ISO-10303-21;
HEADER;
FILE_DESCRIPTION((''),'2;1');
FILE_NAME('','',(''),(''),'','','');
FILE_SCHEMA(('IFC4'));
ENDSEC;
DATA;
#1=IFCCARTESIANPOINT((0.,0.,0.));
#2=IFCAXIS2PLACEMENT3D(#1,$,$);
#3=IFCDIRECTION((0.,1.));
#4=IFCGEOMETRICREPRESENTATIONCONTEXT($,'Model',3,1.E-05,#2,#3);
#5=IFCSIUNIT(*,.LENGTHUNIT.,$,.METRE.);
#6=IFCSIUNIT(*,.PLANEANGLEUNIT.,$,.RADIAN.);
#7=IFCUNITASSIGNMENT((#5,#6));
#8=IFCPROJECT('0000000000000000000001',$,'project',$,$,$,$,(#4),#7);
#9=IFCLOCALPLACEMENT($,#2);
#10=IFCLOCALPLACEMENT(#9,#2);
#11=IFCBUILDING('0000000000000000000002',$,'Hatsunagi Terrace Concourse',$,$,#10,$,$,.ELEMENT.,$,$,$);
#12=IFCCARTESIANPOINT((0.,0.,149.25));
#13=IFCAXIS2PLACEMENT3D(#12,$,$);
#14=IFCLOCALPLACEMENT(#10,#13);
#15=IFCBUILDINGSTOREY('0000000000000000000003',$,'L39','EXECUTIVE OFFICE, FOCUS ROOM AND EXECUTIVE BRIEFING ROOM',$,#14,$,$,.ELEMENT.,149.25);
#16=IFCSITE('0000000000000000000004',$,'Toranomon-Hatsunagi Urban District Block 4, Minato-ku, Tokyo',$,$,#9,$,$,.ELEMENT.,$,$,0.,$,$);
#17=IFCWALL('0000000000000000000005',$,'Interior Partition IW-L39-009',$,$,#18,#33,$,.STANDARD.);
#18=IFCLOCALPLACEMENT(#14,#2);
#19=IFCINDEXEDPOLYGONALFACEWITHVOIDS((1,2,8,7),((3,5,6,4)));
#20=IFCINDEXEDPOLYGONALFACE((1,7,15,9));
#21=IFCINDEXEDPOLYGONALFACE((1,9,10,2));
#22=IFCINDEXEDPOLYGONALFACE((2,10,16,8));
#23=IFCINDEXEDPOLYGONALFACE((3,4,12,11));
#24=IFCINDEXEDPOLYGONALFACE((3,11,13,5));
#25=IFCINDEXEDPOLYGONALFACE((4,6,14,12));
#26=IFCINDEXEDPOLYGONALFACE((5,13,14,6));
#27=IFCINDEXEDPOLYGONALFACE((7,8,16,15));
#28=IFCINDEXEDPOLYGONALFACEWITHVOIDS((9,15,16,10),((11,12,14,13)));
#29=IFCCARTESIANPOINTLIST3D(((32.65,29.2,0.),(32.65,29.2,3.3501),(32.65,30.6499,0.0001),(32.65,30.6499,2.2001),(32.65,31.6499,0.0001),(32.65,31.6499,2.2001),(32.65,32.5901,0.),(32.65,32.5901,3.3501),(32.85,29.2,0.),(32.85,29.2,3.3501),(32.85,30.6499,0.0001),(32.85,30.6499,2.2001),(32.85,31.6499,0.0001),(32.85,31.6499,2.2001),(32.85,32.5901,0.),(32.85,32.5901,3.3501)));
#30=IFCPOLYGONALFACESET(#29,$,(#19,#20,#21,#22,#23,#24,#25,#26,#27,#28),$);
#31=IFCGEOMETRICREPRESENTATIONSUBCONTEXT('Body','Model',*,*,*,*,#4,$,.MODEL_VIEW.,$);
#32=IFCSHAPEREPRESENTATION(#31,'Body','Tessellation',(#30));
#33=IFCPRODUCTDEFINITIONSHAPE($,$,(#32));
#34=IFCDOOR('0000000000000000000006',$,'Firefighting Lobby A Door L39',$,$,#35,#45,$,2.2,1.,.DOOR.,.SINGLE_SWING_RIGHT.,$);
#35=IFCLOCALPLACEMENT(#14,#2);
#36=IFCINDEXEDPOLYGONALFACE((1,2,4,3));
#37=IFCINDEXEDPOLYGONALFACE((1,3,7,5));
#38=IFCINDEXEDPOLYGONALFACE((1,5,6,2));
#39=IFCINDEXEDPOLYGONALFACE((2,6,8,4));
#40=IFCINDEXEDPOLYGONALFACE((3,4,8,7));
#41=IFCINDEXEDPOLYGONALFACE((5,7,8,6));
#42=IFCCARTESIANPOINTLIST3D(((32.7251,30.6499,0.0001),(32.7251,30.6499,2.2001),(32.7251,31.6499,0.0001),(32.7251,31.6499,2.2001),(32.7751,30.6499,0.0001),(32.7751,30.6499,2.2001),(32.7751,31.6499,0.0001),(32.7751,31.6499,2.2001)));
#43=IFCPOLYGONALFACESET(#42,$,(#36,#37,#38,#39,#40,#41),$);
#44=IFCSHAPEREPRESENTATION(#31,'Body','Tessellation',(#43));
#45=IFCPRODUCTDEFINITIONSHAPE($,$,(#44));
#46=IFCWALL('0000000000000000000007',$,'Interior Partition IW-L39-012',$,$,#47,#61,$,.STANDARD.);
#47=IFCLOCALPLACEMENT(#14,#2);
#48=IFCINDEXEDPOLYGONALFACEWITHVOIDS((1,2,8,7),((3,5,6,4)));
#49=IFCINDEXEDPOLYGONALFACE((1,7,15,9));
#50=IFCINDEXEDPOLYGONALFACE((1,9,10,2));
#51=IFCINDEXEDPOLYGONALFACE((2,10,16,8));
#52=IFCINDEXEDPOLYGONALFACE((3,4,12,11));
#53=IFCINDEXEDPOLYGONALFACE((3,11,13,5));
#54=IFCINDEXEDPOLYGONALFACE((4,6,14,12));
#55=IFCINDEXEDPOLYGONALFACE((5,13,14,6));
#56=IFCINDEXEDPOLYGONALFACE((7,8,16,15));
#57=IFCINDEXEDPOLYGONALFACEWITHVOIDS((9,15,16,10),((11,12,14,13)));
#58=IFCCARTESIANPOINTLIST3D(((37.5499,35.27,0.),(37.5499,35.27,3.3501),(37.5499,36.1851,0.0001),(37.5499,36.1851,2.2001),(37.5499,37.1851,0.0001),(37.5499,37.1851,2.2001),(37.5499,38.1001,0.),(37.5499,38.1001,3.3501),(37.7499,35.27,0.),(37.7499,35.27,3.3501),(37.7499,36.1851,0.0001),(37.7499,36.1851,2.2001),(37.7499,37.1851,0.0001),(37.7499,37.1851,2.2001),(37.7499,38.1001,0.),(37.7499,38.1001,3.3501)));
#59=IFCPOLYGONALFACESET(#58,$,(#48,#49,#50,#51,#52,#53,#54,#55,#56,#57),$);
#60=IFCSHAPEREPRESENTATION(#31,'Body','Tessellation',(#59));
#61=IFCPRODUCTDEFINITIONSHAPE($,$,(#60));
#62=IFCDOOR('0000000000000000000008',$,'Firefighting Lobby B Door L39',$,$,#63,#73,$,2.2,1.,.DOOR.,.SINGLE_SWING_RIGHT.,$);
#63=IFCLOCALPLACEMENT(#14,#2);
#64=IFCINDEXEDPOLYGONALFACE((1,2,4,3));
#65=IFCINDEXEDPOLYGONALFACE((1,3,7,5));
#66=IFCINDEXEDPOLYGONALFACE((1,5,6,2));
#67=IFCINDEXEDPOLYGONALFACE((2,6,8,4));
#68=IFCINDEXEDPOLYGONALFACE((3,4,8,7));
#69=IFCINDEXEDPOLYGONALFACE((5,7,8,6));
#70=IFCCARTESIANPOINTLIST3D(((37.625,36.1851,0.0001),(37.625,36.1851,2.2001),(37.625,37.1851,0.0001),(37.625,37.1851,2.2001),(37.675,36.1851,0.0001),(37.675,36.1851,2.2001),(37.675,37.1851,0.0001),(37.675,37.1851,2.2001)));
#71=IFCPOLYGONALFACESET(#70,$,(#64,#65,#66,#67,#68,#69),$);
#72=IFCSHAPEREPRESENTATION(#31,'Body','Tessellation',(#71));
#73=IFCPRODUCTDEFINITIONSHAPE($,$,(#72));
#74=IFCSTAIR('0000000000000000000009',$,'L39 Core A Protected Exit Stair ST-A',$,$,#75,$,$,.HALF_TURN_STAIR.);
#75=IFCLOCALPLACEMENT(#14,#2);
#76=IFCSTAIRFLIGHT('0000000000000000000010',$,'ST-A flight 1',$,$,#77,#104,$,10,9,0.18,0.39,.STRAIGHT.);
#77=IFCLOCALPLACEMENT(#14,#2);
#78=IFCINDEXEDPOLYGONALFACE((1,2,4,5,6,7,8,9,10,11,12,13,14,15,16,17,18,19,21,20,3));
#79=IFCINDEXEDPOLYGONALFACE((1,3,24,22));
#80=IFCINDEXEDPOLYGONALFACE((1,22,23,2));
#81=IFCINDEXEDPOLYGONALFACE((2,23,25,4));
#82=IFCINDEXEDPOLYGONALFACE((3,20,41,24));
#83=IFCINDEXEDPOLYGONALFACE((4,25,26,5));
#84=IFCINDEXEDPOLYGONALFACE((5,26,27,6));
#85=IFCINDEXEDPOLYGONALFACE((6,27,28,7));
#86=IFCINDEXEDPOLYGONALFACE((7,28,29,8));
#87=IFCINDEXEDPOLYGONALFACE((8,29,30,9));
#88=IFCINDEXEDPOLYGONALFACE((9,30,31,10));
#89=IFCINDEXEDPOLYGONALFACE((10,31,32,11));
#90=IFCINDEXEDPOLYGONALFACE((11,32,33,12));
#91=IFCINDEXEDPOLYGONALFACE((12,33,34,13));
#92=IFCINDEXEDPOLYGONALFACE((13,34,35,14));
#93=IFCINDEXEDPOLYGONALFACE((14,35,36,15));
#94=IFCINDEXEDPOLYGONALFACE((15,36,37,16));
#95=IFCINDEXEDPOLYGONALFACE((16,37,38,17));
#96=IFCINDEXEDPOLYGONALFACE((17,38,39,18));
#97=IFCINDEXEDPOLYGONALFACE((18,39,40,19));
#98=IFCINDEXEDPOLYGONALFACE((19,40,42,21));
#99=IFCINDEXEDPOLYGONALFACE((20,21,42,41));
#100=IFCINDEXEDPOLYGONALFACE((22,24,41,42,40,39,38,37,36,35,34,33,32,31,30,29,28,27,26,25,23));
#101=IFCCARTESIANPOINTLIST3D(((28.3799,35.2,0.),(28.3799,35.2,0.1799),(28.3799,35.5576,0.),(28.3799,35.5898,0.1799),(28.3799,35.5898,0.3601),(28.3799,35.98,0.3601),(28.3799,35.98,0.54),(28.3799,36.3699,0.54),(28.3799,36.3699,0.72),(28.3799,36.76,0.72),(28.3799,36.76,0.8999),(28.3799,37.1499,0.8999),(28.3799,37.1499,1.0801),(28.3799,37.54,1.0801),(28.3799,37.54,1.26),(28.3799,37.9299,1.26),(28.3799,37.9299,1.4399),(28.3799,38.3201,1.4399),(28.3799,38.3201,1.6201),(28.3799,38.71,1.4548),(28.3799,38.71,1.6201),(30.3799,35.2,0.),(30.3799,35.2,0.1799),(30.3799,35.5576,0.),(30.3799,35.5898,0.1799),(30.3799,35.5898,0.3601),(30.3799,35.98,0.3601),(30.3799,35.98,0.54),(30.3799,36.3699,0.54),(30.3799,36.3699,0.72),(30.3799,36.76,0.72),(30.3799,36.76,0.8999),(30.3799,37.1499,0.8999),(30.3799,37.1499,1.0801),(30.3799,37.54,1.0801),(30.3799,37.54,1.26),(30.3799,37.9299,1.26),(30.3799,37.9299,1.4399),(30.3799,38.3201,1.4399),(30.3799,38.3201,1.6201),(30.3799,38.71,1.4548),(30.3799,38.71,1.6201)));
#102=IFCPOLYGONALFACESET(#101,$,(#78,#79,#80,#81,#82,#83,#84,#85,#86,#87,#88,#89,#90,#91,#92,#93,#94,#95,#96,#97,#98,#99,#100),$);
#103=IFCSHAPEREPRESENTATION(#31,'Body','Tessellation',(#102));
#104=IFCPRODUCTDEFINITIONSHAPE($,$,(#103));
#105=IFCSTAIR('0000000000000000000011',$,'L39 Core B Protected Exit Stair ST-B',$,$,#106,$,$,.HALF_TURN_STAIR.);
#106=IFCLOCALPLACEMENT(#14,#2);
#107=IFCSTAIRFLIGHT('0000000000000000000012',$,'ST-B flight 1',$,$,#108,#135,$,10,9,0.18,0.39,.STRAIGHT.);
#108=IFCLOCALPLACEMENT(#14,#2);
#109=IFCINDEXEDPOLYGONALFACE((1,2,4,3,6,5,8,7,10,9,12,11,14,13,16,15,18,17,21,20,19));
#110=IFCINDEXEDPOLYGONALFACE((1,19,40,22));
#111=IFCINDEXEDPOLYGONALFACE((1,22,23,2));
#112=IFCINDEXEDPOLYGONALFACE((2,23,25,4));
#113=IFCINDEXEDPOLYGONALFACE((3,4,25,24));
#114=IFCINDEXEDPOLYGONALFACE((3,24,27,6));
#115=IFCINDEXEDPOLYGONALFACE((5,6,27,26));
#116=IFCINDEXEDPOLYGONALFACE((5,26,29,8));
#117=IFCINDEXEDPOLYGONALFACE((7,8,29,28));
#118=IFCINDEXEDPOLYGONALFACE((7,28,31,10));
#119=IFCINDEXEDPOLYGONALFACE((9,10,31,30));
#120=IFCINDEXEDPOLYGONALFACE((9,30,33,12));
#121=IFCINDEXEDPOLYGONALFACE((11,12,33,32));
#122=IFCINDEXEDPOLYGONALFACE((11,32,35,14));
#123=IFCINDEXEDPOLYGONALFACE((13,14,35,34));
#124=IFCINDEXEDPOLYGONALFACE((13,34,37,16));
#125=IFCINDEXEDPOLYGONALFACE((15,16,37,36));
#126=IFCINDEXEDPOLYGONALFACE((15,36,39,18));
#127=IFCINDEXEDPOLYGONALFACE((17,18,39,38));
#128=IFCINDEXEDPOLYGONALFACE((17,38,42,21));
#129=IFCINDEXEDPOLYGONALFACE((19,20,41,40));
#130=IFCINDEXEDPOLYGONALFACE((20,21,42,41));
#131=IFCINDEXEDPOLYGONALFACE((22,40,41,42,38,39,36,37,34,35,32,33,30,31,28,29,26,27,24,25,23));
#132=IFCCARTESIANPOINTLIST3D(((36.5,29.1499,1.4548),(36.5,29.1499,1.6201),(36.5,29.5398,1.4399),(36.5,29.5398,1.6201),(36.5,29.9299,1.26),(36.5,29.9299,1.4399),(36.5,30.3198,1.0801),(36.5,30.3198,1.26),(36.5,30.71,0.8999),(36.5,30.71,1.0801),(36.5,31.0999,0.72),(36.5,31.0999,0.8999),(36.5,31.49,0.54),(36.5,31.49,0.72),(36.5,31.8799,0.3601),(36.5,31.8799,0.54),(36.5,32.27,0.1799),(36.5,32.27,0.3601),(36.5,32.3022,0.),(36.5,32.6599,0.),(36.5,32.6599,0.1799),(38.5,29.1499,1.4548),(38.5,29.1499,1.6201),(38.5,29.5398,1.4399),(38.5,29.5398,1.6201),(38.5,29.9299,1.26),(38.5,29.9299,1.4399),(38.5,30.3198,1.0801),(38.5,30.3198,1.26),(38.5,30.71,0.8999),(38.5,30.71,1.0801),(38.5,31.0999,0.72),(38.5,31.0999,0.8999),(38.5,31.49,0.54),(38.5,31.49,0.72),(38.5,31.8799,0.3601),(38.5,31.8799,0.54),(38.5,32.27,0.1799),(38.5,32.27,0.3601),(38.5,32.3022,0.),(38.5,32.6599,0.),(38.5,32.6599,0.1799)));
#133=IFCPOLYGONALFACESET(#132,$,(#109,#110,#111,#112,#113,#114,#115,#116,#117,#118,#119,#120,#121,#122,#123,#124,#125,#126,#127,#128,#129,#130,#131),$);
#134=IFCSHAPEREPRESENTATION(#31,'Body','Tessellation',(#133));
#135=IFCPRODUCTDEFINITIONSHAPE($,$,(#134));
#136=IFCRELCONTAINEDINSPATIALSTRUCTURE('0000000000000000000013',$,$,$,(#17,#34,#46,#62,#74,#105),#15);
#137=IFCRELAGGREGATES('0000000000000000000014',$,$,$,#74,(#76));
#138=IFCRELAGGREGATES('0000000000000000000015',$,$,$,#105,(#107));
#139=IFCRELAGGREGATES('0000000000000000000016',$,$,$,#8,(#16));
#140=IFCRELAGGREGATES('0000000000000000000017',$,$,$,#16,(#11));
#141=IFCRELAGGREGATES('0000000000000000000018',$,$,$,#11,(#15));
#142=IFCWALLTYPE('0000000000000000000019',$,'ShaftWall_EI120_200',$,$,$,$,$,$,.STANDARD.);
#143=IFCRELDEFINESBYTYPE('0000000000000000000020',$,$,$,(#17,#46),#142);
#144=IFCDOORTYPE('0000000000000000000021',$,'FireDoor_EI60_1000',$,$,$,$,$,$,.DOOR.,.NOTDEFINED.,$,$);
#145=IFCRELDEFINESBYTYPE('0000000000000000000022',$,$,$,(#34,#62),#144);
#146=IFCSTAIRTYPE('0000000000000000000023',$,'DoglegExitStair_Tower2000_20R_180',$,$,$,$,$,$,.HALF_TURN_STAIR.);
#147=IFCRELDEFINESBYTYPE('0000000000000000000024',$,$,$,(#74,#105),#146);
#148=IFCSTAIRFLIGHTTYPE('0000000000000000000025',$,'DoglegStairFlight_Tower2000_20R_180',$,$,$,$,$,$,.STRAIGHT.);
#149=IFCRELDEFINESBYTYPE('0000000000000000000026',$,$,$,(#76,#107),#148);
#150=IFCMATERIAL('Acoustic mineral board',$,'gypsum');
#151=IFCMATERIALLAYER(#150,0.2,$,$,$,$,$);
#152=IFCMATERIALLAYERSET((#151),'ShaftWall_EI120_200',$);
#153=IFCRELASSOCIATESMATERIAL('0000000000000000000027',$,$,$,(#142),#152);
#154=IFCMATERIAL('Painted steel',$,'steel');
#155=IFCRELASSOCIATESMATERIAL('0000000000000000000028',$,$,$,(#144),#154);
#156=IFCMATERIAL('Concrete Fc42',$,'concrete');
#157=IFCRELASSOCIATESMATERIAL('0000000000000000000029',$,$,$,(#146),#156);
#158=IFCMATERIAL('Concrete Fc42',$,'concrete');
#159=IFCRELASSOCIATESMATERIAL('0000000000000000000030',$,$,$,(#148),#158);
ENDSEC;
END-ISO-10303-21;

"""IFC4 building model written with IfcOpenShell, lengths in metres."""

from ifc_helpers import new_model, si_unit, direction, frame, frame_2d, origin, place, context, subcontext, project, spatial, polyline, rectangle, outline, extrude, material, layer, layer_set, type_object, element, fill, aggregate, save


model = new_model("IFC4")

# Units and contexts
model_context = context("Model", 3, precision=1e-05, world=origin(), true_north=direction((0.0, 1.0)))
body_context = subcontext(model_context, "Body", "Model", "MODEL_VIEW")
ifc_project = project(units=[si_unit("LENGTHUNIT", "METRE"), si_unit("PLANEANGLEUNIT", "RADIAN")], contexts=[model_context])

# Site, building, storey
site_placement = place(None, origin())
site = spatial("IfcSite", under=ifc_project, at=site_placement, Name="Toranomon-Hatsunagi Urban District Block 4, Minato-ku, Tokyo", CompositionType="ELEMENT", RefElevation=0.0)
building_placement = place(site_placement, origin())
building = spatial("IfcBuilding", under=site, at=building_placement, Name="Hatsunagi Terrace Concourse", CompositionType="ELEMENT")
storey_placement = place(building_placement, frame((0.0, 0.0, 149.25)))
storey = spatial("IfcBuildingStorey", under=building, at=storey_placement, Name="L39", Description="EXECUTIVE OFFICE, FOCUS ROOM AND EXECUTIVE BRIEFING ROOM", CompositionType="ELEMENT", Elevation=149.25)

# Shared definitions
ifc_material_1 = material(Name="Acoustic mineral board", Category="gypsum")
ifc_layer_1 = layer(ifc_material_1, 0.2)
ifc_layer_set_1 = layer_set([ifc_layer_1], Name="ShaftWall_EI120_200")
wall_type_1 = type_object("IfcWallType", Name="ShaftWall_EI120_200", PredefinedType="STANDARD", material=ifc_layer_set_1)

# Walls, openings, doors
wall_1_placement = place(storey_placement, frame((32.75, 29.2, 0.0), z_axis=(0.0, 0.0, 1.0), x_axis=(0.0, 1.0, 0.0)))
wall_1 = element("IfcWall", 1, at=wall_1_placement, inside=storey, type_object=wall_type_1, Name="Interior Partition IW-L39-009", PredefinedType="STANDARD", context=body_context, shape_type="SweptSolid", body=[
    extrude(rectangle(XDim=3.3901, YDim=0.2, at=frame_2d((1.6951, 0.0))), origin(), (0.0, 0.0, 1.0), 3.3501),
])
opening_1_placement = place(wall_1_placement, frame((1.45, 0.0, 0.0)))
opening_1 = element("IfcOpeningElement", 2, at=opening_1_placement, cuts=wall_1, PredefinedType="OPENING", context=body_context, shape_type="SweptSolid", body=[
    extrude(rectangle(XDim=1.0, YDim=2.2, at=frame_2d((0.5, 1.1001))), frame((0.0, 0.1099, 0.0), z_axis=(0.0, -1.0, 0.0), x_axis=(1.0, 0.0, 0.0)), (0.0, 0.0, 1.0), 0.22),
])
ifc_material_2 = material(Name="Painted steel", Category="steel")
door_type_1 = type_object("IfcDoorType", Name="FireDoor_EI60_1000", OperationType="NOTDEFINED", PredefinedType="DOOR", material=ifc_material_2)
door_1_placement = place(opening_1_placement, origin())
door_1 = element("IfcDoor", 3, at=door_1_placement, inside=storey, type_object=door_type_1, Name="Firefighting Lobby A Door L39", OperationType="SINGLE_SWING_RIGHT", OverallHeight=2.2, OverallWidth=1.0, PredefinedType="DOOR", context=body_context, shape_type="SweptSolid", body=[
    extrude(rectangle(XDim=1.0, YDim=2.2, at=frame_2d((0.5, 1.1001))), frame((0.0, 0.0249, 0.0), z_axis=(0.0, -1.0, 0.0), x_axis=(1.0, 0.0, 0.0)), (0.0, 0.0, 1.0), 0.05),
])
fill(opening_1, door_1)
wall_2_placement = place(storey_placement, frame((37.6499, 35.27, 0.0), z_axis=(0.0, 0.0, 1.0), x_axis=(0.0, 1.0, 0.0)))
wall_2 = element("IfcWall", 4, at=wall_2_placement, inside=storey, type_object=wall_type_1, Name="Interior Partition IW-L39-012", PredefinedType="STANDARD", context=body_context, shape_type="SweptSolid", body=[
    extrude(rectangle(XDim=2.8301, YDim=0.2, at=frame_2d((1.415, 0.0))), origin(), (0.0, 0.0, 1.0), 3.3501),
])
opening_2_placement = place(wall_2_placement, frame((0.915, 0.0, 0.0)))
opening_2 = element("IfcOpeningElement", 5, at=opening_2_placement, cuts=wall_2, PredefinedType="OPENING", context=body_context, shape_type="SweptSolid", body=[
    extrude(rectangle(XDim=1.0, YDim=2.2, at=frame_2d((0.5, 1.1001))), frame((0.0, 0.1099, 0.0), z_axis=(0.0, -1.0, 0.0), x_axis=(1.0, 0.0, 0.0)), (0.0, 0.0, 1.0), 0.22),
])
door_2_placement = place(opening_2_placement, origin())
door_2 = element("IfcDoor", 6, at=door_2_placement, inside=storey, type_object=door_type_1, Name="Firefighting Lobby B Door L39", OperationType="SINGLE_SWING_RIGHT", OverallHeight=2.2, OverallWidth=1.0, PredefinedType="DOOR", context=body_context, shape_type="SweptSolid", body=[
    extrude(rectangle(XDim=1.0, YDim=2.2, at=frame_2d((0.5, 1.1001))), frame((0.0, 0.0249, 0.0), z_axis=(0.0, -1.0, 0.0), x_axis=(1.0, 0.0, 0.0)), (0.0, 0.0, 1.0), 0.05),
])
fill(opening_2, door_2)

# Stairs, stair flights
ifc_material_3 = material(Name="Concrete Fc42", Category="concrete")
stair_type = type_object("IfcStairType", Name="DoglegExitStair_Tower2000_20R_180", PredefinedType="HALF_TURN_STAIR", material=ifc_material_3)
stair_1_placement = place(storey_placement, origin())
stair_1 = element("IfcStair", 7, at=stair_1_placement, inside=storey, type_object=stair_type, Name="L39 Core A Protected Exit Stair ST-A", PredefinedType="HALF_TURN_STAIR")
ifc_material_4 = material(Name="Concrete Fc42", Category="concrete")
stair_flight_type = type_object("IfcStairFlightType", Name="DoglegStairFlight_Tower2000_20R_180", PredefinedType="STRAIGHT", material=ifc_material_4)
stair_flight_1_placement = place(storey_placement, frame((29.3799, 35.2, 0.0), z_axis=(0.0, 0.0, 1.0), x_axis=(0.0, 1.0, 0.0)))
stair_flight_1 = element("IfcStairFlight", 8, at=stair_flight_1_placement, type_object=stair_flight_type, Name="ST-A flight 1", NumberOfRisers=10, NumberOfTreads=9, PredefinedType="STRAIGHT", RiserHeight=0.18, TreadLength=0.39, context=body_context, shape_type="SweptSolid", body=[
    extrude(outline(polyline([(0.0, 0.0), (0.0, 0.1799), (0.3899, 0.1799), (0.3899, 0.3601), (0.78, 0.3601), (0.78, 0.54), (1.1699, 0.54), (1.1699, 0.72), (1.5601, 0.72), (1.5601, 0.8999), (1.95, 0.8999), (1.95, 1.0801), (2.3401, 1.0801), (2.3401, 1.26), (2.73, 1.26), (2.73, 1.4399), (3.1201, 1.4399), (3.1201, 1.6201), (3.51, 1.6201), (3.51, 1.8), (3.51, 1.4548), (0.3577, 0.0), (0.0, 0.0)])), frame((0.0, 1.0, 0.0), z_axis=(0.0, -1.0, 0.0), x_axis=(1.0, 0.0, 0.0)), (0.0, 0.0, 1.0), 2.0),
])
aggregate(stair_1, [stair_flight_1])
stair_2_placement = place(storey_placement, origin())
stair_2 = element("IfcStair", 9, at=stair_2_placement, inside=storey, type_object=stair_type, Name="L39 Core B Protected Exit Stair ST-B", PredefinedType="HALF_TURN_STAIR")
stair_flight_2_placement = place(storey_placement, frame((37.5, 32.6599, 0.0), z_axis=(0.0, 0.0, 1.0), x_axis=(0.0, -1.0, 0.0)))
stair_flight_2 = element("IfcStairFlight", 10, at=stair_flight_2_placement, type_object=stair_flight_type, Name="ST-B flight 1", NumberOfRisers=10, NumberOfTreads=9, PredefinedType="STRAIGHT", RiserHeight=0.18, TreadLength=0.39, context=body_context, shape_type="SweptSolid", body=[
    extrude(outline(polyline([(0.0, 0.0), (0.0, 0.1799), (0.3899, 0.1799), (0.3899, 0.3601), (0.78, 0.3601), (0.78, 0.54), (1.1699, 0.54), (1.1699, 0.72), (1.5601, 0.72), (1.5601, 0.8999), (1.95, 0.8999), (1.95, 1.0801), (2.3401, 1.0801), (2.3401, 1.26), (2.73, 1.26), (2.73, 1.4399), (3.1201, 1.4399), (3.1201, 1.6201), (3.51, 1.6201), (3.51, 1.8), (3.51, 1.4548), (0.3577, 0.0), (0.0, 0.0)])), frame((0.0, 1.0, 0.0), z_axis=(0.0, -1.0, 0.0), x_axis=(1.0, 0.0, 0.0)), (0.0, 0.0, 1.0), 2.0),
])
aggregate(stair_2, [stair_flight_2])

save(model, "model.ifc")
